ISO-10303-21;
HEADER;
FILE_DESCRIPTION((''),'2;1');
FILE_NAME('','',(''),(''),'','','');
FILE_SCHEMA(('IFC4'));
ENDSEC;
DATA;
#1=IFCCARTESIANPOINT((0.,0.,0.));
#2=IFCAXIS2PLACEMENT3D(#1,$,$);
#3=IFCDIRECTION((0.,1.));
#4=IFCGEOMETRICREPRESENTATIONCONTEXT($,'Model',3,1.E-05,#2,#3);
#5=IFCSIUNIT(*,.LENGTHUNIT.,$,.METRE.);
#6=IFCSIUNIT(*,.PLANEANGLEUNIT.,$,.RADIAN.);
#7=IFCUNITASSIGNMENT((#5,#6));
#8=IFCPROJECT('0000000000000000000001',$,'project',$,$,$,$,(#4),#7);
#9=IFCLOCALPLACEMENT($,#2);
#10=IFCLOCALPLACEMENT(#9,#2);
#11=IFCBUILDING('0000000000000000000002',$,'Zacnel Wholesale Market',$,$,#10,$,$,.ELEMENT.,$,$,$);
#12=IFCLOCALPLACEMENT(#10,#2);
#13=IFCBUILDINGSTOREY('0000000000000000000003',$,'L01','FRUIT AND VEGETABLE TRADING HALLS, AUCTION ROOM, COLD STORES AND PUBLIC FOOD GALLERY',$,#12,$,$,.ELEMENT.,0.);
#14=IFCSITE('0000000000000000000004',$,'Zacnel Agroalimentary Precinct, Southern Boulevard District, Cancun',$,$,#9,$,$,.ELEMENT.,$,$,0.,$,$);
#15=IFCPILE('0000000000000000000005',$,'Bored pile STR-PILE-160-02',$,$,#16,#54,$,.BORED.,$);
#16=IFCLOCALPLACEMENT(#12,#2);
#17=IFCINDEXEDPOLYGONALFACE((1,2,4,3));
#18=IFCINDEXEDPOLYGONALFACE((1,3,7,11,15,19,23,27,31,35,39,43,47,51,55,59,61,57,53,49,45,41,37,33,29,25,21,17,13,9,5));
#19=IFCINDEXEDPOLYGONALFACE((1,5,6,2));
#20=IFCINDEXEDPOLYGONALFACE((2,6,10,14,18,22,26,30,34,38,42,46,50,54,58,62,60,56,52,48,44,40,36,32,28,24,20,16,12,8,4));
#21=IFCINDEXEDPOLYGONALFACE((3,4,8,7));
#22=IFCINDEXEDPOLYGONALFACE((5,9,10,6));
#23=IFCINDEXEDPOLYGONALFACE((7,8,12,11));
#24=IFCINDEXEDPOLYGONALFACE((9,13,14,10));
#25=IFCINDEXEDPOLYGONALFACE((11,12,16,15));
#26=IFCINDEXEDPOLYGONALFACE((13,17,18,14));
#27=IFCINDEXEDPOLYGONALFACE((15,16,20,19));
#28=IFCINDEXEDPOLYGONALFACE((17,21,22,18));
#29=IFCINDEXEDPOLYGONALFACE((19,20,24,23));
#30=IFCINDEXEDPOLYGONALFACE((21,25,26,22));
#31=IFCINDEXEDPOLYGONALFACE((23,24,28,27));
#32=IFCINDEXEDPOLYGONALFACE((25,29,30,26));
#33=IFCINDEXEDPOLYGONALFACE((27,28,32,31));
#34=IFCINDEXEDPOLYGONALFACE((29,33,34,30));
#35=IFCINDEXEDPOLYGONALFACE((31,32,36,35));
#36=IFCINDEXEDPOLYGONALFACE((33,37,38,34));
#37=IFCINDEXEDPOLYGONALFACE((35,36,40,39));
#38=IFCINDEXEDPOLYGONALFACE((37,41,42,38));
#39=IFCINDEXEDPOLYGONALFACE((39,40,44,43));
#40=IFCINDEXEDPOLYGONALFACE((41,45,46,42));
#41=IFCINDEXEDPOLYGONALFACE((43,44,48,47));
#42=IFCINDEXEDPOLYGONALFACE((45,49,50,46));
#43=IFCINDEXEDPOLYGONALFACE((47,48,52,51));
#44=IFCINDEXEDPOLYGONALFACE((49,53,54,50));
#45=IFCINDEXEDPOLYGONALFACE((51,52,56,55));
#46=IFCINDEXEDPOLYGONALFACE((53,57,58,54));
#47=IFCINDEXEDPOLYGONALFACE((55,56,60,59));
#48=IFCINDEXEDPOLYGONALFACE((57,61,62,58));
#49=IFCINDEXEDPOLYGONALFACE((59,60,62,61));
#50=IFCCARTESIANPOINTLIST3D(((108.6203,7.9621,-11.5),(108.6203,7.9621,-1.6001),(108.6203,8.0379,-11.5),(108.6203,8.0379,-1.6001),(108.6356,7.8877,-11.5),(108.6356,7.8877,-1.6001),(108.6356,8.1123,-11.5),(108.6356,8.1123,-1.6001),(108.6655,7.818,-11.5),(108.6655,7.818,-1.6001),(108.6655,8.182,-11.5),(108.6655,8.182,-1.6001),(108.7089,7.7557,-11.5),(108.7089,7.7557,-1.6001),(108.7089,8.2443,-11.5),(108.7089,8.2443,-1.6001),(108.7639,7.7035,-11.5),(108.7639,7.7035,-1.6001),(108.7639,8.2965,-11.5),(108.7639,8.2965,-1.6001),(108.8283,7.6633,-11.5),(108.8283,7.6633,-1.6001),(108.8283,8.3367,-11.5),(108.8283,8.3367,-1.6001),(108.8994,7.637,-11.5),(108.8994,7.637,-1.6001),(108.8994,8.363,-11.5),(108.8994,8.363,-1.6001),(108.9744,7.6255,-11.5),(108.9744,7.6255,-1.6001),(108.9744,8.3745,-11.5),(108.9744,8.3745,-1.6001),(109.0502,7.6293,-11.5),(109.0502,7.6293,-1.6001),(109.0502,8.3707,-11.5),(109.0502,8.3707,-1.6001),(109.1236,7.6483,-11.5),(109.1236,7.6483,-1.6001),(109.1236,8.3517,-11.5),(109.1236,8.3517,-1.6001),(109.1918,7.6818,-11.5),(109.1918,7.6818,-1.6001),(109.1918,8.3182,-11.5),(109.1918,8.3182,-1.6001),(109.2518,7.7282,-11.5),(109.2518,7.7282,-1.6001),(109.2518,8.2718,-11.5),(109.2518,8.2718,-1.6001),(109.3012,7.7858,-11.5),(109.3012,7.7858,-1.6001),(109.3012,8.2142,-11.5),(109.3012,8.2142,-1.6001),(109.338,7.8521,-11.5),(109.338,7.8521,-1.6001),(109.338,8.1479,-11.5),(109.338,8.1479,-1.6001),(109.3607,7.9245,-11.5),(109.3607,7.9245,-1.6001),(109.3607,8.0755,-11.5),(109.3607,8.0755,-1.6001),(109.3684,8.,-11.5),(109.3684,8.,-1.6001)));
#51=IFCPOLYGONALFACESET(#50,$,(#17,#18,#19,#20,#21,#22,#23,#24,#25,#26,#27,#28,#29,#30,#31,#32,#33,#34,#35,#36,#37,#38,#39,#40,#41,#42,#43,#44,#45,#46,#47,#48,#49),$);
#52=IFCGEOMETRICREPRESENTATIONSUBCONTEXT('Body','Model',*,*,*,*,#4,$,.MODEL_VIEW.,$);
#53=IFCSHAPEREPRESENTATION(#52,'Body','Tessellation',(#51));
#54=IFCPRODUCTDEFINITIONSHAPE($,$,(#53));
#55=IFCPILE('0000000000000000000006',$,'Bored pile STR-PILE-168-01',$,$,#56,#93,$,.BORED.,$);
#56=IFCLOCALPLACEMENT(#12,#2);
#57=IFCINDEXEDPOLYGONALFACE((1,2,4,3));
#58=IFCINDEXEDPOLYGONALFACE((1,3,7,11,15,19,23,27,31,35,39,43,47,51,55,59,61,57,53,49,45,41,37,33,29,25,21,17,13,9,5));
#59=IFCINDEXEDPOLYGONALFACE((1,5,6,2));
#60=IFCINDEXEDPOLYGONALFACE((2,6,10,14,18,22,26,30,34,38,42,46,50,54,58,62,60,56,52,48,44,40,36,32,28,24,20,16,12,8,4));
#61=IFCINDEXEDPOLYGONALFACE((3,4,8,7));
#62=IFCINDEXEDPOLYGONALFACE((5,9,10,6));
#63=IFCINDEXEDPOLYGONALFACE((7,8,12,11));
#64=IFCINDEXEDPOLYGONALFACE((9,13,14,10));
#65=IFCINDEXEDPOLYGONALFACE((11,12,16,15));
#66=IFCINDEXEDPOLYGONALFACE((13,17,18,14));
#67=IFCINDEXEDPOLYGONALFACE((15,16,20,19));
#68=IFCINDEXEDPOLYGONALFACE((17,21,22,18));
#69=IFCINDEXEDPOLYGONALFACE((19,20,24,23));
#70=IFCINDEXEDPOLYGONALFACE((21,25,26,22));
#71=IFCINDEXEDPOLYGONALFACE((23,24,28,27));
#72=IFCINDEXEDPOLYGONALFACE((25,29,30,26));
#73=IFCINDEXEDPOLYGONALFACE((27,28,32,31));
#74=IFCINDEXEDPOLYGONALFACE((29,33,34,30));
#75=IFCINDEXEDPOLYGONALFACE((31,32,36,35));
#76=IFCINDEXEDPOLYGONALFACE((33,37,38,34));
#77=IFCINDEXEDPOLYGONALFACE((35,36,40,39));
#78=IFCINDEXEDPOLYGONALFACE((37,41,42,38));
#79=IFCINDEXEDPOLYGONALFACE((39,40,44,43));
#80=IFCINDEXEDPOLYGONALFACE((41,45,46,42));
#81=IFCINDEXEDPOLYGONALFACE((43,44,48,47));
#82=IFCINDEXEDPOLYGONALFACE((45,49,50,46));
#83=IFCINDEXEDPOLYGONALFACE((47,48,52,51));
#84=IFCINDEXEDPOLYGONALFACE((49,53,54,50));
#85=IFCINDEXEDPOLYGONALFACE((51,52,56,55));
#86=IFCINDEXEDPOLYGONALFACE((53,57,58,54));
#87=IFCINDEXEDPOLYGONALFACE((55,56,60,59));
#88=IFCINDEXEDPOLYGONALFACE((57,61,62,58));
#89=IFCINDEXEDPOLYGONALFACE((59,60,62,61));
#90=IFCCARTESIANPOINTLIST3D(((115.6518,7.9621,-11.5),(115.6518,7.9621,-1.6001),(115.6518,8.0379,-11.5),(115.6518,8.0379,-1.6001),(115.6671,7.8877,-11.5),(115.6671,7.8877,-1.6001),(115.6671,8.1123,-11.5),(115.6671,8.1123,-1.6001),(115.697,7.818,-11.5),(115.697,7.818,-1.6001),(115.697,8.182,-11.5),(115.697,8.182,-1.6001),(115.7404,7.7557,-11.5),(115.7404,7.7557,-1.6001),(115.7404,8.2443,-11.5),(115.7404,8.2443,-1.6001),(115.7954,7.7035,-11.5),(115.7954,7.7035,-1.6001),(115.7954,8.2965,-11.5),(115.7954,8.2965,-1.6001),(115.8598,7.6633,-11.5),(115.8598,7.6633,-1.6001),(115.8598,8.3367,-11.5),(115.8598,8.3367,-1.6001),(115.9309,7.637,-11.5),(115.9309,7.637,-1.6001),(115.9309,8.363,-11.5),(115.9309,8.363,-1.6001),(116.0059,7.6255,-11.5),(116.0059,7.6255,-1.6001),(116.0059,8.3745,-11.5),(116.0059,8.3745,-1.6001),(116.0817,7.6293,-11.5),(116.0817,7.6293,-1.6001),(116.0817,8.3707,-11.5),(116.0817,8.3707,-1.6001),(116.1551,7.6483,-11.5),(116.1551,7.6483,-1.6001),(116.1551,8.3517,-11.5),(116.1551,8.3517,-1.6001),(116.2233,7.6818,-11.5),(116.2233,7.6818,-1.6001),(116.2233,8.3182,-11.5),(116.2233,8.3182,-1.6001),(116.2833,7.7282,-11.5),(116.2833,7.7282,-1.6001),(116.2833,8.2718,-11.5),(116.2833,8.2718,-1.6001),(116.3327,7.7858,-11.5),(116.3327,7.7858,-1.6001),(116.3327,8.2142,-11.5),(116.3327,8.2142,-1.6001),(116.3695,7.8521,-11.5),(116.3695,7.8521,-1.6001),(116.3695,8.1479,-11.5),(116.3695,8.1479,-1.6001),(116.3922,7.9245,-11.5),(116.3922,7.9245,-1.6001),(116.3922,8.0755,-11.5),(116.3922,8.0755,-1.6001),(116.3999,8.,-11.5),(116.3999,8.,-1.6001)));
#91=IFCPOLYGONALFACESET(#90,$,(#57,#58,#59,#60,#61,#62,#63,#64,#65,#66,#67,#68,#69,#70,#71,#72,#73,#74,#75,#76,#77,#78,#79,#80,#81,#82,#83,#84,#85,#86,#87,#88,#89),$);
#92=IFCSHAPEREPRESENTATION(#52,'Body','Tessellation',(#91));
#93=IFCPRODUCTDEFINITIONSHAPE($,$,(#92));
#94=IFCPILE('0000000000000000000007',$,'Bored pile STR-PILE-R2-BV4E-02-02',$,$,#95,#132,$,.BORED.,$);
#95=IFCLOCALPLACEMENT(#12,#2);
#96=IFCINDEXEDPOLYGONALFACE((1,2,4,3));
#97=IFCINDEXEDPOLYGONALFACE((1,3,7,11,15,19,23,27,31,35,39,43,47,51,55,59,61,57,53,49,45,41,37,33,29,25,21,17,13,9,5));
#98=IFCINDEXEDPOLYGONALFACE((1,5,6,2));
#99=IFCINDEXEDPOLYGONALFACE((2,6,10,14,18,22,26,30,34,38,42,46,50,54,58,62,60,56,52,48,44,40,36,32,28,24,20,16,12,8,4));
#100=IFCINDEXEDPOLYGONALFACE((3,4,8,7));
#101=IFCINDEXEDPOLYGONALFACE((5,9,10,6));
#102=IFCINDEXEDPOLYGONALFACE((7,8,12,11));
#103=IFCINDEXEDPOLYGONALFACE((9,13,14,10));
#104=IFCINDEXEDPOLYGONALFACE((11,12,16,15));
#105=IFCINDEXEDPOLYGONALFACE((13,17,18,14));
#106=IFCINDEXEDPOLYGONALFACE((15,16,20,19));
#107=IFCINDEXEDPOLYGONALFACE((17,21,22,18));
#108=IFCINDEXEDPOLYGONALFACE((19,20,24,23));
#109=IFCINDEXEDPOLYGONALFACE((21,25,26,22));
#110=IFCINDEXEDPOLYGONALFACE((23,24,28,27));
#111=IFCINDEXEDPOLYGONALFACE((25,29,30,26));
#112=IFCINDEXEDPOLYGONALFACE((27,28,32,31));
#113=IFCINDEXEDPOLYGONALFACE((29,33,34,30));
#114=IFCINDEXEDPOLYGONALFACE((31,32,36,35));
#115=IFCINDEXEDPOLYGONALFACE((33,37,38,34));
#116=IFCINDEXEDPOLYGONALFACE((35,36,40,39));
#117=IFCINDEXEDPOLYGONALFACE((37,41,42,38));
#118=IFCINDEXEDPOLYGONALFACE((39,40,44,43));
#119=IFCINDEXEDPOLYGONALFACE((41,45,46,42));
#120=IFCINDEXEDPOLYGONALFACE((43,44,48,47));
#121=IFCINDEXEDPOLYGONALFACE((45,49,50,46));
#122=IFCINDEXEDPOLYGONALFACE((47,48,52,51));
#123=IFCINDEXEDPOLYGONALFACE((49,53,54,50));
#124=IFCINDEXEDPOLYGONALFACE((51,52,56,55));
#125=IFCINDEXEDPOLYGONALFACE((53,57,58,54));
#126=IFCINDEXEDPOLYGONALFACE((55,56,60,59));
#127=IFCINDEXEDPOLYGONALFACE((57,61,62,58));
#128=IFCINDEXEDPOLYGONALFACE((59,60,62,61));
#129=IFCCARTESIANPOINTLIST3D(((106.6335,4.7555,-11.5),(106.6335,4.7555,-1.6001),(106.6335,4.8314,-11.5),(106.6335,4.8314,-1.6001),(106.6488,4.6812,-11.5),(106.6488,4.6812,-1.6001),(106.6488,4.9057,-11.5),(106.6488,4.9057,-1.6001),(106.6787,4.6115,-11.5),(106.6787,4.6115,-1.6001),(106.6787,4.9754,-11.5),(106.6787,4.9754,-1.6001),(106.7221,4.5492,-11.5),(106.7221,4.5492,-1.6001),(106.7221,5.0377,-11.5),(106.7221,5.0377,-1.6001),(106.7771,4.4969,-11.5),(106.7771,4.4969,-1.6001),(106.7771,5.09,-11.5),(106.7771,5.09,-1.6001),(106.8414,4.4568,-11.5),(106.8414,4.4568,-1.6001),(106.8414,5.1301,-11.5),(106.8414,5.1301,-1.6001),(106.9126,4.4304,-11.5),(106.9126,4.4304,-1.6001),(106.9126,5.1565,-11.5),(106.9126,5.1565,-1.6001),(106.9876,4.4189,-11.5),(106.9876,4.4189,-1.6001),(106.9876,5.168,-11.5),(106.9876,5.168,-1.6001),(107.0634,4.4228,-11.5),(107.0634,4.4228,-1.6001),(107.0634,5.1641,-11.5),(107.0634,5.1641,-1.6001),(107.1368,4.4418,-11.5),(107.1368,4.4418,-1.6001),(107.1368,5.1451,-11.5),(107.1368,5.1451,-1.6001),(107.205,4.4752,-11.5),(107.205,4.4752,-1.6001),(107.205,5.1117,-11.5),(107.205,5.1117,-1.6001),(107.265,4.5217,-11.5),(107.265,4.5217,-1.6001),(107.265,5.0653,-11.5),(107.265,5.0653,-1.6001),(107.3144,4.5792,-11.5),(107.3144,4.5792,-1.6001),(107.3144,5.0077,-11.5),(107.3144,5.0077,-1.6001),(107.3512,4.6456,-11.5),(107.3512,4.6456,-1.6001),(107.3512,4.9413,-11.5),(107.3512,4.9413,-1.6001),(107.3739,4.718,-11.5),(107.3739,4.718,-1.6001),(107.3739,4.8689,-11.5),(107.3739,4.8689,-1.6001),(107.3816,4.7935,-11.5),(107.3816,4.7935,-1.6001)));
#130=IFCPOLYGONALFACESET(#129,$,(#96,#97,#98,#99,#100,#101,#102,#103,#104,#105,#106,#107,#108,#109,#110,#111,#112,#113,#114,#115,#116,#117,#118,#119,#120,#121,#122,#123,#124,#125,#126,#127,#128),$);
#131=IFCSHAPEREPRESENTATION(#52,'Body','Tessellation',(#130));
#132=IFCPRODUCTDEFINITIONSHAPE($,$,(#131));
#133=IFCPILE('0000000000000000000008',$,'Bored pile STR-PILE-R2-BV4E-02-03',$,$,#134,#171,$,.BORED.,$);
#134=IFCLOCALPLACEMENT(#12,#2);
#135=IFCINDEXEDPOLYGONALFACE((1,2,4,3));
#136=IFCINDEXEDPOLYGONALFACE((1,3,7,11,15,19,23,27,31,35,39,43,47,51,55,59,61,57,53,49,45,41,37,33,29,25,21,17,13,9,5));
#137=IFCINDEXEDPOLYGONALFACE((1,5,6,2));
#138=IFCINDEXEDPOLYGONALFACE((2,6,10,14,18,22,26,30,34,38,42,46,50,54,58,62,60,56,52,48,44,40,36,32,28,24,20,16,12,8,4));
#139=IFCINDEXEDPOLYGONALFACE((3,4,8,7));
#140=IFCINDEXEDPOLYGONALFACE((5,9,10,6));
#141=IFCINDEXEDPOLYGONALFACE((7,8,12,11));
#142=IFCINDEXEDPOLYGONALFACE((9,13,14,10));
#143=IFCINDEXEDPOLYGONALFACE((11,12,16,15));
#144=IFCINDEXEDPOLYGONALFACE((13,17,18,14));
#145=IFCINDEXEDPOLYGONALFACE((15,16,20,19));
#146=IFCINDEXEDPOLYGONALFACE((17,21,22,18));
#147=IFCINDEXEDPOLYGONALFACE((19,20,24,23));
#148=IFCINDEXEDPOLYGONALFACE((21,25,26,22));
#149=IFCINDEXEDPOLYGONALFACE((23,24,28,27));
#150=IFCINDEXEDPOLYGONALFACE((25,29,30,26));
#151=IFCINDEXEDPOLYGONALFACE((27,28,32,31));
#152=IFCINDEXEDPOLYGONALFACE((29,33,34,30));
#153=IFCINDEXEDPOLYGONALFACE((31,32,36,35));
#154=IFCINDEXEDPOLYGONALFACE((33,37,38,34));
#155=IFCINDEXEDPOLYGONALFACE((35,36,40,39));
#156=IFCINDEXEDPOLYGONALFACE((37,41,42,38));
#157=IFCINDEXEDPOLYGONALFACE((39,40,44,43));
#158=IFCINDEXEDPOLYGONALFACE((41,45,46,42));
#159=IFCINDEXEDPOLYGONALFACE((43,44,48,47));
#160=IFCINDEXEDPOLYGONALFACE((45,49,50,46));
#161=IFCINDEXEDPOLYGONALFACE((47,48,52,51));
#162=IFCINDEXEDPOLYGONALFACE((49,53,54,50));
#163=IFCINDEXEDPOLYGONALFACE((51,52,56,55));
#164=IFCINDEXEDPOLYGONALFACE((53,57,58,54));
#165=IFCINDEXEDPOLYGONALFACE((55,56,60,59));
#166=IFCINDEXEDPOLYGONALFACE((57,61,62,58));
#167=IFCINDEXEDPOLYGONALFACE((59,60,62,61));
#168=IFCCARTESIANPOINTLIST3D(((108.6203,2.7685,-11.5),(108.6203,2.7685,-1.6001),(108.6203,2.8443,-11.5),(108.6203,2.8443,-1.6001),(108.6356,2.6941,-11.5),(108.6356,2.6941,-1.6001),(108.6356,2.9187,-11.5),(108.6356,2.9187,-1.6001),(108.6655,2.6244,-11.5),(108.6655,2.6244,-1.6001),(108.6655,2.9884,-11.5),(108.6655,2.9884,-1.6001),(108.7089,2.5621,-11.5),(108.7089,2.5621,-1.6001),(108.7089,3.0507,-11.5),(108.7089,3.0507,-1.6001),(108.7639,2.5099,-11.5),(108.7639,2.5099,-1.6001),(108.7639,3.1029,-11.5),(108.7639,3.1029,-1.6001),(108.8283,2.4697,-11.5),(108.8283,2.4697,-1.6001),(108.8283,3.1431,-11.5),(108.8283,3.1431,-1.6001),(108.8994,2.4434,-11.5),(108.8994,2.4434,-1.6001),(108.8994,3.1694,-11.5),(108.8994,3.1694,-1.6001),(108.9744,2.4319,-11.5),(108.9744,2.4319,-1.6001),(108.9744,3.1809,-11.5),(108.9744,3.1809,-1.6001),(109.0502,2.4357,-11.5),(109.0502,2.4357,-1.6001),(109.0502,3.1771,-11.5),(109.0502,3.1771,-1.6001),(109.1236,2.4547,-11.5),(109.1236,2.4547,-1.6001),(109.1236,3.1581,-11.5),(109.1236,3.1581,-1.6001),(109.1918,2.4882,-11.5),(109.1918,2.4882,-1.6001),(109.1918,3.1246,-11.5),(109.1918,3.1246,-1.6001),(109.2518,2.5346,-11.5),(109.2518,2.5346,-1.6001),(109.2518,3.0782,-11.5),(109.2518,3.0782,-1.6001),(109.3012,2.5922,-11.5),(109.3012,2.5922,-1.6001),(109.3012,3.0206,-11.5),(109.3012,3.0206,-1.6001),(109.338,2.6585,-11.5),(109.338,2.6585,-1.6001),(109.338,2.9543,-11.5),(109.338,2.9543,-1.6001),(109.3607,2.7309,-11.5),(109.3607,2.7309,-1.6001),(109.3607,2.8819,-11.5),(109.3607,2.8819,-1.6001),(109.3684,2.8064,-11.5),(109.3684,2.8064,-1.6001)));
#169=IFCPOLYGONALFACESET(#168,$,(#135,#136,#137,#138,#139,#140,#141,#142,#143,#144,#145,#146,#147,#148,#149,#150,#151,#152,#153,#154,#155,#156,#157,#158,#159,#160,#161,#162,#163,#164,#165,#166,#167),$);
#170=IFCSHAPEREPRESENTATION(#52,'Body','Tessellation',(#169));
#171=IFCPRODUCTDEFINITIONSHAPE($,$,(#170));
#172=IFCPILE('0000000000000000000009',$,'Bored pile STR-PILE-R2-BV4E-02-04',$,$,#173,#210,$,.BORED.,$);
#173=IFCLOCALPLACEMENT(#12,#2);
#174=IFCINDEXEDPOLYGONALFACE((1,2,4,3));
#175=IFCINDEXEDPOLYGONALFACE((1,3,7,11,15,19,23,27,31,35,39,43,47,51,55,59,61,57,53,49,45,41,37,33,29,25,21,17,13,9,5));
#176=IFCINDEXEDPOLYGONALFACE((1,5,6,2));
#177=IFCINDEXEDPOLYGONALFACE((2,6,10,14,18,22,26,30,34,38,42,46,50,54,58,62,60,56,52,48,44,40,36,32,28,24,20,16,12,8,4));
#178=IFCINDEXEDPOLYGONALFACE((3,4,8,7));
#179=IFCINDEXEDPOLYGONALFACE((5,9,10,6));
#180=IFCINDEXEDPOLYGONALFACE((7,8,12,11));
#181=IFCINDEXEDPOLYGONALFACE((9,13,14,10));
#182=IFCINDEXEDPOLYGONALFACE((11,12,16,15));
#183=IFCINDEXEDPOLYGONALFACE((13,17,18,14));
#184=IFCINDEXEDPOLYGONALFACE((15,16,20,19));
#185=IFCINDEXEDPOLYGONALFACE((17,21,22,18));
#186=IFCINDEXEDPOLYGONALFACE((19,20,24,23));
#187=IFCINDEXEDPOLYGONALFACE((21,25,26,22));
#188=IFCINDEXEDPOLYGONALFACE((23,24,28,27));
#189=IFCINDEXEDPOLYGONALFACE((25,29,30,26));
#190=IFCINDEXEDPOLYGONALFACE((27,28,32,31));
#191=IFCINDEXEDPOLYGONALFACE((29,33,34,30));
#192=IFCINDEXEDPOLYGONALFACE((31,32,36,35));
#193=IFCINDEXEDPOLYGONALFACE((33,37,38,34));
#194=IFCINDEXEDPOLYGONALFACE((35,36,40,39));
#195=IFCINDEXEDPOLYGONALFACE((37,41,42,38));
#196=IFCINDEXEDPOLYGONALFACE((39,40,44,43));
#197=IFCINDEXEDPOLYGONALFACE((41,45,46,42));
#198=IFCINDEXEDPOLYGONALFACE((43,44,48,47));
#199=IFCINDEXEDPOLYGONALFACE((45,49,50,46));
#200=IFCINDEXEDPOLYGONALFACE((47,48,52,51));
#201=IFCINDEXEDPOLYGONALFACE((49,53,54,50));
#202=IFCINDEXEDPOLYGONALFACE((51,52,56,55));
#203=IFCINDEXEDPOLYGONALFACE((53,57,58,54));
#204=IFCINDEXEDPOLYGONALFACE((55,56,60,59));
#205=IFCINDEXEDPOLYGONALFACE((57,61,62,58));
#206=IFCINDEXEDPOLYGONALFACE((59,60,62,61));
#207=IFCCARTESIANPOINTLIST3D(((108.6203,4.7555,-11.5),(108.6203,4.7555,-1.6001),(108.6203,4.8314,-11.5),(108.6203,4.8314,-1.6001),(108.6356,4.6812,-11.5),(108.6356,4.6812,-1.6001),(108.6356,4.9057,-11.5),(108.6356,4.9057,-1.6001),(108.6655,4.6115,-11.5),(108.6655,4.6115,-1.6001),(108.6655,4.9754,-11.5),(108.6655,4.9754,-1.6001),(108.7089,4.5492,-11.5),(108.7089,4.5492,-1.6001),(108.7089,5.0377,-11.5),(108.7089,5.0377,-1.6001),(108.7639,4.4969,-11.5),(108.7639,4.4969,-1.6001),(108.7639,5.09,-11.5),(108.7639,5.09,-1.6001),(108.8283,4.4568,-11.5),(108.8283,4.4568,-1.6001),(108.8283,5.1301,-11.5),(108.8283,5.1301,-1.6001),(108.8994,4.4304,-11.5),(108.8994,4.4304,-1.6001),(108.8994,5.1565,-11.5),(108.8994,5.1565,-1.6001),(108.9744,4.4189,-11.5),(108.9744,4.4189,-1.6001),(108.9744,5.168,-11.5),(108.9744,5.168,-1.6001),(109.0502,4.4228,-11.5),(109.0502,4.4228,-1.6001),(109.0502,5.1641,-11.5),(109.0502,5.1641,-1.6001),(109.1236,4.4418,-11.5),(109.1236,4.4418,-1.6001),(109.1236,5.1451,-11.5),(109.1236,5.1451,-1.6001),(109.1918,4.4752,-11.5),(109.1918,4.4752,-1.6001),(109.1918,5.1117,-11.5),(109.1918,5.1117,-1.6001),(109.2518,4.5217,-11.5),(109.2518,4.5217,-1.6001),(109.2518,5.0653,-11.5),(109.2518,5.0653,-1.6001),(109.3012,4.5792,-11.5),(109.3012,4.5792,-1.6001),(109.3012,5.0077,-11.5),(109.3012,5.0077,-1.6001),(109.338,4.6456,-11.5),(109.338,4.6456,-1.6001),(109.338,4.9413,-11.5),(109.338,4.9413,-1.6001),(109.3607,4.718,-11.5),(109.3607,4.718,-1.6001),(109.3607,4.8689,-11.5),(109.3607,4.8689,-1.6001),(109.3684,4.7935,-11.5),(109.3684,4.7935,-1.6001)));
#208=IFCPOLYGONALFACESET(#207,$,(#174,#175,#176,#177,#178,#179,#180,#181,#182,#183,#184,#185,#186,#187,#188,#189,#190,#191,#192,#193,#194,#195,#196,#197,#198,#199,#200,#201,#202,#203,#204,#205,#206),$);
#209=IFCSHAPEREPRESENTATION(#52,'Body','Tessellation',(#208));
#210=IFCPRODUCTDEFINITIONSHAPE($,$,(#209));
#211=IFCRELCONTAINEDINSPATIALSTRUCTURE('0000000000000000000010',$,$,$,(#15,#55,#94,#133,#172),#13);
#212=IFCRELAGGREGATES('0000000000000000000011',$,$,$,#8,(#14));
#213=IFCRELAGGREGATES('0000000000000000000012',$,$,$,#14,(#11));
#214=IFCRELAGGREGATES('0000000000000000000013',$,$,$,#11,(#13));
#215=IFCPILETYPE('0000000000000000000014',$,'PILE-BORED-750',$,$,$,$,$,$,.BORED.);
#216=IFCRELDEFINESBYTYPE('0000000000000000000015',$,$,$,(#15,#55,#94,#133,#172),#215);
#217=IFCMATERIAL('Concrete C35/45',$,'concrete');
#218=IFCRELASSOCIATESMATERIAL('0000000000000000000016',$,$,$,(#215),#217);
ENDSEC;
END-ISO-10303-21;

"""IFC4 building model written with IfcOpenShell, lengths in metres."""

from ifc_helpers import new_model, si_unit, direction, frame, origin, origin_2d, place, context, subcontext, project, spatial, circle, extrude, material, material_profile, profile_set, type_object, element, save


model = new_model("IFC4")

# Units and contexts
model_context = context("Model", 3, precision=1e-05, world=origin(), true_north=direction((0.0, 1.0)))
body_context = subcontext(model_context, "Body", "Model", "MODEL_VIEW")
ifc_project = project(units=[si_unit("LENGTHUNIT", "METRE"), si_unit("PLANEANGLEUNIT", "RADIAN")], contexts=[model_context])

# Site, building, storey
site_placement = place(None, origin())
site = spatial("IfcSite", under=ifc_project, at=site_placement, Name="Zacnel Agroalimentary Precinct, Southern Boulevard District, Cancun", CompositionType="ELEMENT", RefElevation=0.0)
building_placement = place(site_placement, origin())
building = spatial("IfcBuilding", under=site, at=building_placement, Name="Zacnel Wholesale Market", CompositionType="ELEMENT")
storey_placement = place(building_placement, origin())
storey = spatial("IfcBuildingStorey", under=building, at=storey_placement, Name="L01", Description="FRUIT AND VEGETABLE TRADING HALLS, AUCTION ROOM, COLD STORES AND PUBLIC FOOD GALLERY", CompositionType="ELEMENT", Elevation=0.0)

# Piles
ifc_material_1 = material(Name="Concrete C35/45", Category="concrete")
ifc_material_profile_1 = material_profile(ifc_material_1, circle(Radius=0.375, at=origin_2d()), Name="BORED PILE D750")
ifc_profile_set_1 = profile_set([ifc_material_profile_1], Name="Concrete C35/45")
pile_type = type_object("IfcPileType", Name="PILE-BORED-750", PredefinedType="BORED", material=ifc_profile_set_1)
for number, where, z_axis, x_axis, name in (
    (1, (108.9934, 8.0, -1.6001), (0.0, 0.0, -1.0), (1.0, 0.0, 0.0), "Bored pile STR-PILE-160-02"),
    (2, (116.0249, 8.0, -1.6001), (0.0, 0.0, -1.0), (1.0, 0.0, 0.0), "Bored pile STR-PILE-168-01"),
    (3, (107.0066, 4.7935, -1.6001), (0.0, 0.0, -1.0), (1.0, 0.0, 0.0), "Bored pile STR-PILE-R2-BV4E-02-02"),
    (4, (108.9934, 2.8064, -1.6001), (0.0, 0.0, -1.0), (1.0, 0.0, 0.0), "Bored pile STR-PILE-R2-BV4E-02-03"),
    (5, (108.9934, 4.7935, -1.6001), (0.0, 0.0, -1.0), (1.0, 0.0, 0.0), "Bored pile STR-PILE-R2-BV4E-02-04"),
):
    element("IfcPile", number, at=place(storey_placement, frame(where, z_axis=z_axis, x_axis=x_axis)), inside=storey, type_object=pile_type, Name=name, PredefinedType="BORED", context=body_context, shape_type="SweptSolid", body=[
        extrude(circle(Radius=0.375, at=origin_2d()), origin(), (0.0, 0.0, 1.0), 9.8999),
    ])

save(model, "model.ifc")
